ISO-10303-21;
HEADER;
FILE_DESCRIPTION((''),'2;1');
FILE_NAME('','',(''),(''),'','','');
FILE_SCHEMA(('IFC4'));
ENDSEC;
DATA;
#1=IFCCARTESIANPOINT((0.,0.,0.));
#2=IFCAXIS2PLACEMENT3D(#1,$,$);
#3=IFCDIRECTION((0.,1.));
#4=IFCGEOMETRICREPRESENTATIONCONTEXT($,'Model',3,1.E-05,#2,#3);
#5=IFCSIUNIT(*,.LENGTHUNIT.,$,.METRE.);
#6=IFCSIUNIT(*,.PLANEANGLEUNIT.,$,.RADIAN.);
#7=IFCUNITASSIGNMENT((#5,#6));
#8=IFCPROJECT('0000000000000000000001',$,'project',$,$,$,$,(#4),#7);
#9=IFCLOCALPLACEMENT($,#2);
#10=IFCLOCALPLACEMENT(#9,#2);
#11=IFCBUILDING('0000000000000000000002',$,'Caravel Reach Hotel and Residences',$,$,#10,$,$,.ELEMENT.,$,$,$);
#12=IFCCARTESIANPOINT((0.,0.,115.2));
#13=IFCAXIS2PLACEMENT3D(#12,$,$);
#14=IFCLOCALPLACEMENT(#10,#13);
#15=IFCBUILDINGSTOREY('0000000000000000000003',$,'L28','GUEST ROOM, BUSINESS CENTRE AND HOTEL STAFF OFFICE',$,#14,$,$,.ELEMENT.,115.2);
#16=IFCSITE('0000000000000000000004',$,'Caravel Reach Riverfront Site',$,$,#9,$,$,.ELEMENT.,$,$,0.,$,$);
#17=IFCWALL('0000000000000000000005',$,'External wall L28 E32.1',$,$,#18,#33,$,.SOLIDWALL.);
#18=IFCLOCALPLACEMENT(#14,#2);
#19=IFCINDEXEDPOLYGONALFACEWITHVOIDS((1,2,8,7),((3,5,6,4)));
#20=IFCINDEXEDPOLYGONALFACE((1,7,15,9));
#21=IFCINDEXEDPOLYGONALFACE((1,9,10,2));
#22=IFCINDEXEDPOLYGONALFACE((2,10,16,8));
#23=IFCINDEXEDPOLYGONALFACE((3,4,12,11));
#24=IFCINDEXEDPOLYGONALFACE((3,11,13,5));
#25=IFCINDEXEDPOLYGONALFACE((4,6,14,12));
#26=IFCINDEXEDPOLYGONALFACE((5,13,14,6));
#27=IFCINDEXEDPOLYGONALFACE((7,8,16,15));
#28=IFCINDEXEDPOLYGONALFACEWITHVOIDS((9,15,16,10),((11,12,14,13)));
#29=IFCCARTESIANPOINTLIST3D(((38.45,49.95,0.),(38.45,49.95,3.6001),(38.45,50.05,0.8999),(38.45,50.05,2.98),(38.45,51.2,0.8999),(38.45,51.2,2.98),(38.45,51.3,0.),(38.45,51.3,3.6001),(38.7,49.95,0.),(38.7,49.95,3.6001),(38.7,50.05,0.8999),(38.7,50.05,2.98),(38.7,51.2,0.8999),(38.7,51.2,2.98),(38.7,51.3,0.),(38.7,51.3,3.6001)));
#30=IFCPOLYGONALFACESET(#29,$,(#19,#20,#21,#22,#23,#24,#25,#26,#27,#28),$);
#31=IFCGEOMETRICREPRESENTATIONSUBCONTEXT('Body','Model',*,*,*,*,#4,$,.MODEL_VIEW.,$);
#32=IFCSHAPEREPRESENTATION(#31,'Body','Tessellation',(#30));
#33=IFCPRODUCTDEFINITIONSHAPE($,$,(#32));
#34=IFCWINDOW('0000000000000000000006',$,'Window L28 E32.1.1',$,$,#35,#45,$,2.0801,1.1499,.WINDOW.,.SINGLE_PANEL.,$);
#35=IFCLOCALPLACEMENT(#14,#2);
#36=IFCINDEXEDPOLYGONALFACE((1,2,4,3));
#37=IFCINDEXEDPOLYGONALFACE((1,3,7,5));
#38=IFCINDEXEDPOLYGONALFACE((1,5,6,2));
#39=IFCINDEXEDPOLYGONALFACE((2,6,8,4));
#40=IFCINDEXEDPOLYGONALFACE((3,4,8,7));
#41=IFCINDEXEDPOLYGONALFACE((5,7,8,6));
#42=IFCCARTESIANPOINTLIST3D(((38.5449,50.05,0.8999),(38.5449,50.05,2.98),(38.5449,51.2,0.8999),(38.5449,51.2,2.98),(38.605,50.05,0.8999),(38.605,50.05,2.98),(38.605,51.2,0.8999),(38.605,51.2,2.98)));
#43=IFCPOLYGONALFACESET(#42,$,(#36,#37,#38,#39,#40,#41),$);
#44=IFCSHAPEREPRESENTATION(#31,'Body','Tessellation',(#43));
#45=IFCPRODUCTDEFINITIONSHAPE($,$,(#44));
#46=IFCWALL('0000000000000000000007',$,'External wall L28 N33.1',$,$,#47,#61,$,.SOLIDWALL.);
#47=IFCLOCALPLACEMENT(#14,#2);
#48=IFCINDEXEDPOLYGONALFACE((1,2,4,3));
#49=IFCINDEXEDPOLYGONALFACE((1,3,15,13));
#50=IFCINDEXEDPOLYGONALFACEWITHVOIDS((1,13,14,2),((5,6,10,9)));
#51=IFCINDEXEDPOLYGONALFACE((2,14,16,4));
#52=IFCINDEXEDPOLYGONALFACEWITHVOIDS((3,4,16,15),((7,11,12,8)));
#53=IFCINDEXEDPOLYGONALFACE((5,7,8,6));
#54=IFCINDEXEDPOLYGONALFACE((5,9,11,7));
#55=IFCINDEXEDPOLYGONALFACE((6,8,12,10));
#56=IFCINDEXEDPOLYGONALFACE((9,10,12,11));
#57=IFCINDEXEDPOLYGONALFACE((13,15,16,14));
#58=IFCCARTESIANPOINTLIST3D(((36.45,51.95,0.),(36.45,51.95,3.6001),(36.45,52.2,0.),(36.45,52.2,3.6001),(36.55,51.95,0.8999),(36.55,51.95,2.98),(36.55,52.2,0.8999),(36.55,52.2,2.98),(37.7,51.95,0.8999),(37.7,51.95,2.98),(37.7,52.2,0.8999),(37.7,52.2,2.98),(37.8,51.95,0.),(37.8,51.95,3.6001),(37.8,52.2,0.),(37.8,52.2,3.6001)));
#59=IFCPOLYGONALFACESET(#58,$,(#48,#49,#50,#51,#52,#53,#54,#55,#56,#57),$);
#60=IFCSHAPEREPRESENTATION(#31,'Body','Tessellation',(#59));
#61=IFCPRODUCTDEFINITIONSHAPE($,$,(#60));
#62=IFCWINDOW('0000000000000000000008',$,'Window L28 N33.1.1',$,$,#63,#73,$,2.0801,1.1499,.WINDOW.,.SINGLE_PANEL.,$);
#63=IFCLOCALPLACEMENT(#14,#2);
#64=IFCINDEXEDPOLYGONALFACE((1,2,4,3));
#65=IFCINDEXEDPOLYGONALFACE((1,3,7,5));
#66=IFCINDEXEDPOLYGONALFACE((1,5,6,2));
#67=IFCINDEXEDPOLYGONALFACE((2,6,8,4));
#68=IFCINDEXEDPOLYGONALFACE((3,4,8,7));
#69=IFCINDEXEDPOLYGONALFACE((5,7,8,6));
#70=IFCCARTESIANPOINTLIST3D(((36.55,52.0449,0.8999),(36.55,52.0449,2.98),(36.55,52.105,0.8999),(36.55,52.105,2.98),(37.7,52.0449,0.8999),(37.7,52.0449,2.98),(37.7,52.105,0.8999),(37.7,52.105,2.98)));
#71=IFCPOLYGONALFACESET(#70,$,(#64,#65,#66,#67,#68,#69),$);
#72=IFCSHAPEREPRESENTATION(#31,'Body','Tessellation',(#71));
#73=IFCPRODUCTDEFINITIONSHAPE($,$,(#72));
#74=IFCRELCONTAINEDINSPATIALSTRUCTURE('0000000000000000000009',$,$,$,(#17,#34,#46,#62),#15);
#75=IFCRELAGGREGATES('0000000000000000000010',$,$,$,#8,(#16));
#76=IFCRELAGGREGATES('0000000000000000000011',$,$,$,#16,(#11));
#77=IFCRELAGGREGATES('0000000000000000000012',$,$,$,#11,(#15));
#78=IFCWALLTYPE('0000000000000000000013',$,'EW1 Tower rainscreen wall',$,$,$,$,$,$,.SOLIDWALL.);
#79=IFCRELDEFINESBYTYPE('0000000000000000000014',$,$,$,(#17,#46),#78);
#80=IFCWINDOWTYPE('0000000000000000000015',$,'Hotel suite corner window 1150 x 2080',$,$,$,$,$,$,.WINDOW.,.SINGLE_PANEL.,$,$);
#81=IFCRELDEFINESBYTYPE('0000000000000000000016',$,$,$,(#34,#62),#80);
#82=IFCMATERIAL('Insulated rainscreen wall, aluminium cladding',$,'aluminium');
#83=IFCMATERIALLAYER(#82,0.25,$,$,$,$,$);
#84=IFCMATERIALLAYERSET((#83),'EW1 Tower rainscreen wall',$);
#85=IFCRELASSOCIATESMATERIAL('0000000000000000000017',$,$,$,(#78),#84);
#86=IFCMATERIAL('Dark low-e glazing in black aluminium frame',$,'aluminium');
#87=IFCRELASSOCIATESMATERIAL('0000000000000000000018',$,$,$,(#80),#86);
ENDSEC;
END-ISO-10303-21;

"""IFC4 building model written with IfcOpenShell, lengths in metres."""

from ifc_helpers import new_model, si_unit, direction, frame, frame_2d, origin, place, context, subcontext, project, spatial, rectangle, extrude, material, layer, layer_set, type_object, element, fill, save


model = new_model("IFC4")

# Units and contexts
model_context = context("Model", 3, precision=1e-05, world=origin(), true_north=direction((0.0, 1.0)))
body_context = subcontext(model_context, "Body", "Model", "MODEL_VIEW")
ifc_project = project(units=[si_unit("LENGTHUNIT", "METRE"), si_unit("PLANEANGLEUNIT", "RADIAN")], contexts=[model_context])

# Site, building, storey
site_placement = place(None, origin())
site = spatial("IfcSite", under=ifc_project, at=site_placement, Name="Caravel Reach Riverfront Site", CompositionType="ELEMENT", RefElevation=0.0)
building_placement = place(site_placement, origin())
building = spatial("IfcBuilding", under=site, at=building_placement, Name="Caravel Reach Hotel and Residences", CompositionType="ELEMENT")
storey_placement = place(building_placement, frame((0.0, 0.0, 115.2)))
storey = spatial("IfcBuildingStorey", under=building, at=storey_placement, Name="L28", Description="GUEST ROOM, BUSINESS CENTRE AND HOTEL STAFF OFFICE", CompositionType="ELEMENT", Elevation=115.2)

# Walls, openings, windows
ifc_material_1 = material(Name="Insulated rainscreen wall, aluminium cladding", Category="aluminium")
ifc_layer = layer(ifc_material_1, 0.25)
ifc_layer_set = layer_set([ifc_layer], Name="EW1 Tower rainscreen wall")
wall_type = type_object("IfcWallType", Name="EW1 Tower rainscreen wall", PredefinedType="SOLIDWALL", material=ifc_layer_set)
ifc_material_2 = material(Name="Dark low-e glazing in black aluminium frame", Category="aluminium")
window_type = type_object("IfcWindowType", Name="Hotel suite corner window 1150 x 2080", PartitioningType="SINGLE_PANEL", PredefinedType="WINDOW", material=ifc_material_2)
wall_1_placement = place(storey_placement, frame((38.575, 49.95, 0.0), z_axis=(0.0, 0.0, 1.0), x_axis=(0.0, 1.0, 0.0)))
wall_1 = element("IfcWall", 1, at=wall_1_placement, inside=storey, type_object=wall_type, Name="External wall L28 E32.1", PredefinedType="SOLIDWALL", context=body_context, shape_type="SweptSolid", body=[
    extrude(rectangle(XDim=1.3501, YDim=0.25, at=frame_2d((0.675, 0.0))), origin(), (0.0, 0.0, 1.0), 3.6001),
])
opening_1_placement = place(wall_1_placement, frame((0.1001, 0.0, 0.8999)))
opening_1 = element("IfcOpeningElement", 2, at=opening_1_placement, cuts=wall_1, PredefinedType="OPENING", context=body_context, shape_type="SweptSolid", body=[
    extrude(rectangle(XDim=1.1499, YDim=2.0801, at=frame_2d((0.575, 1.04))), frame((0.0, 0.135, 0.0), z_axis=(0.0, -1.0, 0.0), x_axis=(1.0, 0.0, 0.0)), (0.0, 0.0, 1.0), 0.27),
])
window_1_placement = place(opening_1_placement, origin())
window_1 = element("IfcWindow", 3, at=window_1_placement, inside=storey, type_object=window_type, Name="Window L28 E32.1.1", OverallHeight=2.0801, OverallWidth=1.1499, PartitioningType="SINGLE_PANEL", PredefinedType="WINDOW", context=body_context, shape_type="SweptSolid", body=[
    extrude(rectangle(XDim=1.1499, YDim=2.0801, at=frame_2d((0.575, 1.04))), frame((0.0, 0.03, 0.0), z_axis=(0.0, -1.0, 0.0), x_axis=(1.0, 0.0, 0.0)), (0.0, 0.0, 1.0), 0.0601),
])
fill(opening_1, window_1)
wall_2_placement = place(storey_placement, frame((37.8, 52.075, 0.0), z_axis=(0.0, 0.0, 1.0), x_axis=(-1.0, 0.0, 0.0)))
wall_2 = element("IfcWall", 4, at=wall_2_placement, inside=storey, type_object=wall_type, Name="External wall L28 N33.1", PredefinedType="SOLIDWALL", context=body_context, shape_type="SweptSolid", body=[
    extrude(rectangle(XDim=1.3501, YDim=0.25, at=frame_2d((0.675, 0.0))), origin(), (0.0, 0.0, 1.0), 3.6001),
])
opening_2_placement = place(wall_2_placement, frame((0.1001, 0.0, 0.8999)))
opening_2 = element("IfcOpeningElement", 5, at=opening_2_placement, cuts=wall_2, PredefinedType="OPENING", context=body_context, shape_type="SweptSolid", body=[
    extrude(rectangle(XDim=1.1499, YDim=2.0801, at=frame_2d((0.575, 1.04))), frame((0.0, 0.135, 0.0), z_axis=(0.0, -1.0, 0.0), x_axis=(1.0, 0.0, 0.0)), (0.0, 0.0, 1.0), 0.27),
])
window_2_placement = place(opening_2_placement, origin())
window_2 = element("IfcWindow", 6, at=window_2_placement, inside=storey, type_object=window_type, Name="Window L28 N33.1.1", OverallHeight=2.0801, OverallWidth=1.1499, PartitioningType="SINGLE_PANEL", PredefinedType="WINDOW", context=body_context, shape_type="SweptSolid", body=[
    extrude(rectangle(XDim=1.1499, YDim=2.0801, at=frame_2d((0.575, 1.04))), frame((0.0, 0.03, 0.0), z_axis=(0.0, -1.0, 0.0), x_axis=(1.0, 0.0, 0.0)), (0.0, 0.0, 1.0), 0.0601),
])
fill(opening_2, window_2)

save(model, "model.ifc")
